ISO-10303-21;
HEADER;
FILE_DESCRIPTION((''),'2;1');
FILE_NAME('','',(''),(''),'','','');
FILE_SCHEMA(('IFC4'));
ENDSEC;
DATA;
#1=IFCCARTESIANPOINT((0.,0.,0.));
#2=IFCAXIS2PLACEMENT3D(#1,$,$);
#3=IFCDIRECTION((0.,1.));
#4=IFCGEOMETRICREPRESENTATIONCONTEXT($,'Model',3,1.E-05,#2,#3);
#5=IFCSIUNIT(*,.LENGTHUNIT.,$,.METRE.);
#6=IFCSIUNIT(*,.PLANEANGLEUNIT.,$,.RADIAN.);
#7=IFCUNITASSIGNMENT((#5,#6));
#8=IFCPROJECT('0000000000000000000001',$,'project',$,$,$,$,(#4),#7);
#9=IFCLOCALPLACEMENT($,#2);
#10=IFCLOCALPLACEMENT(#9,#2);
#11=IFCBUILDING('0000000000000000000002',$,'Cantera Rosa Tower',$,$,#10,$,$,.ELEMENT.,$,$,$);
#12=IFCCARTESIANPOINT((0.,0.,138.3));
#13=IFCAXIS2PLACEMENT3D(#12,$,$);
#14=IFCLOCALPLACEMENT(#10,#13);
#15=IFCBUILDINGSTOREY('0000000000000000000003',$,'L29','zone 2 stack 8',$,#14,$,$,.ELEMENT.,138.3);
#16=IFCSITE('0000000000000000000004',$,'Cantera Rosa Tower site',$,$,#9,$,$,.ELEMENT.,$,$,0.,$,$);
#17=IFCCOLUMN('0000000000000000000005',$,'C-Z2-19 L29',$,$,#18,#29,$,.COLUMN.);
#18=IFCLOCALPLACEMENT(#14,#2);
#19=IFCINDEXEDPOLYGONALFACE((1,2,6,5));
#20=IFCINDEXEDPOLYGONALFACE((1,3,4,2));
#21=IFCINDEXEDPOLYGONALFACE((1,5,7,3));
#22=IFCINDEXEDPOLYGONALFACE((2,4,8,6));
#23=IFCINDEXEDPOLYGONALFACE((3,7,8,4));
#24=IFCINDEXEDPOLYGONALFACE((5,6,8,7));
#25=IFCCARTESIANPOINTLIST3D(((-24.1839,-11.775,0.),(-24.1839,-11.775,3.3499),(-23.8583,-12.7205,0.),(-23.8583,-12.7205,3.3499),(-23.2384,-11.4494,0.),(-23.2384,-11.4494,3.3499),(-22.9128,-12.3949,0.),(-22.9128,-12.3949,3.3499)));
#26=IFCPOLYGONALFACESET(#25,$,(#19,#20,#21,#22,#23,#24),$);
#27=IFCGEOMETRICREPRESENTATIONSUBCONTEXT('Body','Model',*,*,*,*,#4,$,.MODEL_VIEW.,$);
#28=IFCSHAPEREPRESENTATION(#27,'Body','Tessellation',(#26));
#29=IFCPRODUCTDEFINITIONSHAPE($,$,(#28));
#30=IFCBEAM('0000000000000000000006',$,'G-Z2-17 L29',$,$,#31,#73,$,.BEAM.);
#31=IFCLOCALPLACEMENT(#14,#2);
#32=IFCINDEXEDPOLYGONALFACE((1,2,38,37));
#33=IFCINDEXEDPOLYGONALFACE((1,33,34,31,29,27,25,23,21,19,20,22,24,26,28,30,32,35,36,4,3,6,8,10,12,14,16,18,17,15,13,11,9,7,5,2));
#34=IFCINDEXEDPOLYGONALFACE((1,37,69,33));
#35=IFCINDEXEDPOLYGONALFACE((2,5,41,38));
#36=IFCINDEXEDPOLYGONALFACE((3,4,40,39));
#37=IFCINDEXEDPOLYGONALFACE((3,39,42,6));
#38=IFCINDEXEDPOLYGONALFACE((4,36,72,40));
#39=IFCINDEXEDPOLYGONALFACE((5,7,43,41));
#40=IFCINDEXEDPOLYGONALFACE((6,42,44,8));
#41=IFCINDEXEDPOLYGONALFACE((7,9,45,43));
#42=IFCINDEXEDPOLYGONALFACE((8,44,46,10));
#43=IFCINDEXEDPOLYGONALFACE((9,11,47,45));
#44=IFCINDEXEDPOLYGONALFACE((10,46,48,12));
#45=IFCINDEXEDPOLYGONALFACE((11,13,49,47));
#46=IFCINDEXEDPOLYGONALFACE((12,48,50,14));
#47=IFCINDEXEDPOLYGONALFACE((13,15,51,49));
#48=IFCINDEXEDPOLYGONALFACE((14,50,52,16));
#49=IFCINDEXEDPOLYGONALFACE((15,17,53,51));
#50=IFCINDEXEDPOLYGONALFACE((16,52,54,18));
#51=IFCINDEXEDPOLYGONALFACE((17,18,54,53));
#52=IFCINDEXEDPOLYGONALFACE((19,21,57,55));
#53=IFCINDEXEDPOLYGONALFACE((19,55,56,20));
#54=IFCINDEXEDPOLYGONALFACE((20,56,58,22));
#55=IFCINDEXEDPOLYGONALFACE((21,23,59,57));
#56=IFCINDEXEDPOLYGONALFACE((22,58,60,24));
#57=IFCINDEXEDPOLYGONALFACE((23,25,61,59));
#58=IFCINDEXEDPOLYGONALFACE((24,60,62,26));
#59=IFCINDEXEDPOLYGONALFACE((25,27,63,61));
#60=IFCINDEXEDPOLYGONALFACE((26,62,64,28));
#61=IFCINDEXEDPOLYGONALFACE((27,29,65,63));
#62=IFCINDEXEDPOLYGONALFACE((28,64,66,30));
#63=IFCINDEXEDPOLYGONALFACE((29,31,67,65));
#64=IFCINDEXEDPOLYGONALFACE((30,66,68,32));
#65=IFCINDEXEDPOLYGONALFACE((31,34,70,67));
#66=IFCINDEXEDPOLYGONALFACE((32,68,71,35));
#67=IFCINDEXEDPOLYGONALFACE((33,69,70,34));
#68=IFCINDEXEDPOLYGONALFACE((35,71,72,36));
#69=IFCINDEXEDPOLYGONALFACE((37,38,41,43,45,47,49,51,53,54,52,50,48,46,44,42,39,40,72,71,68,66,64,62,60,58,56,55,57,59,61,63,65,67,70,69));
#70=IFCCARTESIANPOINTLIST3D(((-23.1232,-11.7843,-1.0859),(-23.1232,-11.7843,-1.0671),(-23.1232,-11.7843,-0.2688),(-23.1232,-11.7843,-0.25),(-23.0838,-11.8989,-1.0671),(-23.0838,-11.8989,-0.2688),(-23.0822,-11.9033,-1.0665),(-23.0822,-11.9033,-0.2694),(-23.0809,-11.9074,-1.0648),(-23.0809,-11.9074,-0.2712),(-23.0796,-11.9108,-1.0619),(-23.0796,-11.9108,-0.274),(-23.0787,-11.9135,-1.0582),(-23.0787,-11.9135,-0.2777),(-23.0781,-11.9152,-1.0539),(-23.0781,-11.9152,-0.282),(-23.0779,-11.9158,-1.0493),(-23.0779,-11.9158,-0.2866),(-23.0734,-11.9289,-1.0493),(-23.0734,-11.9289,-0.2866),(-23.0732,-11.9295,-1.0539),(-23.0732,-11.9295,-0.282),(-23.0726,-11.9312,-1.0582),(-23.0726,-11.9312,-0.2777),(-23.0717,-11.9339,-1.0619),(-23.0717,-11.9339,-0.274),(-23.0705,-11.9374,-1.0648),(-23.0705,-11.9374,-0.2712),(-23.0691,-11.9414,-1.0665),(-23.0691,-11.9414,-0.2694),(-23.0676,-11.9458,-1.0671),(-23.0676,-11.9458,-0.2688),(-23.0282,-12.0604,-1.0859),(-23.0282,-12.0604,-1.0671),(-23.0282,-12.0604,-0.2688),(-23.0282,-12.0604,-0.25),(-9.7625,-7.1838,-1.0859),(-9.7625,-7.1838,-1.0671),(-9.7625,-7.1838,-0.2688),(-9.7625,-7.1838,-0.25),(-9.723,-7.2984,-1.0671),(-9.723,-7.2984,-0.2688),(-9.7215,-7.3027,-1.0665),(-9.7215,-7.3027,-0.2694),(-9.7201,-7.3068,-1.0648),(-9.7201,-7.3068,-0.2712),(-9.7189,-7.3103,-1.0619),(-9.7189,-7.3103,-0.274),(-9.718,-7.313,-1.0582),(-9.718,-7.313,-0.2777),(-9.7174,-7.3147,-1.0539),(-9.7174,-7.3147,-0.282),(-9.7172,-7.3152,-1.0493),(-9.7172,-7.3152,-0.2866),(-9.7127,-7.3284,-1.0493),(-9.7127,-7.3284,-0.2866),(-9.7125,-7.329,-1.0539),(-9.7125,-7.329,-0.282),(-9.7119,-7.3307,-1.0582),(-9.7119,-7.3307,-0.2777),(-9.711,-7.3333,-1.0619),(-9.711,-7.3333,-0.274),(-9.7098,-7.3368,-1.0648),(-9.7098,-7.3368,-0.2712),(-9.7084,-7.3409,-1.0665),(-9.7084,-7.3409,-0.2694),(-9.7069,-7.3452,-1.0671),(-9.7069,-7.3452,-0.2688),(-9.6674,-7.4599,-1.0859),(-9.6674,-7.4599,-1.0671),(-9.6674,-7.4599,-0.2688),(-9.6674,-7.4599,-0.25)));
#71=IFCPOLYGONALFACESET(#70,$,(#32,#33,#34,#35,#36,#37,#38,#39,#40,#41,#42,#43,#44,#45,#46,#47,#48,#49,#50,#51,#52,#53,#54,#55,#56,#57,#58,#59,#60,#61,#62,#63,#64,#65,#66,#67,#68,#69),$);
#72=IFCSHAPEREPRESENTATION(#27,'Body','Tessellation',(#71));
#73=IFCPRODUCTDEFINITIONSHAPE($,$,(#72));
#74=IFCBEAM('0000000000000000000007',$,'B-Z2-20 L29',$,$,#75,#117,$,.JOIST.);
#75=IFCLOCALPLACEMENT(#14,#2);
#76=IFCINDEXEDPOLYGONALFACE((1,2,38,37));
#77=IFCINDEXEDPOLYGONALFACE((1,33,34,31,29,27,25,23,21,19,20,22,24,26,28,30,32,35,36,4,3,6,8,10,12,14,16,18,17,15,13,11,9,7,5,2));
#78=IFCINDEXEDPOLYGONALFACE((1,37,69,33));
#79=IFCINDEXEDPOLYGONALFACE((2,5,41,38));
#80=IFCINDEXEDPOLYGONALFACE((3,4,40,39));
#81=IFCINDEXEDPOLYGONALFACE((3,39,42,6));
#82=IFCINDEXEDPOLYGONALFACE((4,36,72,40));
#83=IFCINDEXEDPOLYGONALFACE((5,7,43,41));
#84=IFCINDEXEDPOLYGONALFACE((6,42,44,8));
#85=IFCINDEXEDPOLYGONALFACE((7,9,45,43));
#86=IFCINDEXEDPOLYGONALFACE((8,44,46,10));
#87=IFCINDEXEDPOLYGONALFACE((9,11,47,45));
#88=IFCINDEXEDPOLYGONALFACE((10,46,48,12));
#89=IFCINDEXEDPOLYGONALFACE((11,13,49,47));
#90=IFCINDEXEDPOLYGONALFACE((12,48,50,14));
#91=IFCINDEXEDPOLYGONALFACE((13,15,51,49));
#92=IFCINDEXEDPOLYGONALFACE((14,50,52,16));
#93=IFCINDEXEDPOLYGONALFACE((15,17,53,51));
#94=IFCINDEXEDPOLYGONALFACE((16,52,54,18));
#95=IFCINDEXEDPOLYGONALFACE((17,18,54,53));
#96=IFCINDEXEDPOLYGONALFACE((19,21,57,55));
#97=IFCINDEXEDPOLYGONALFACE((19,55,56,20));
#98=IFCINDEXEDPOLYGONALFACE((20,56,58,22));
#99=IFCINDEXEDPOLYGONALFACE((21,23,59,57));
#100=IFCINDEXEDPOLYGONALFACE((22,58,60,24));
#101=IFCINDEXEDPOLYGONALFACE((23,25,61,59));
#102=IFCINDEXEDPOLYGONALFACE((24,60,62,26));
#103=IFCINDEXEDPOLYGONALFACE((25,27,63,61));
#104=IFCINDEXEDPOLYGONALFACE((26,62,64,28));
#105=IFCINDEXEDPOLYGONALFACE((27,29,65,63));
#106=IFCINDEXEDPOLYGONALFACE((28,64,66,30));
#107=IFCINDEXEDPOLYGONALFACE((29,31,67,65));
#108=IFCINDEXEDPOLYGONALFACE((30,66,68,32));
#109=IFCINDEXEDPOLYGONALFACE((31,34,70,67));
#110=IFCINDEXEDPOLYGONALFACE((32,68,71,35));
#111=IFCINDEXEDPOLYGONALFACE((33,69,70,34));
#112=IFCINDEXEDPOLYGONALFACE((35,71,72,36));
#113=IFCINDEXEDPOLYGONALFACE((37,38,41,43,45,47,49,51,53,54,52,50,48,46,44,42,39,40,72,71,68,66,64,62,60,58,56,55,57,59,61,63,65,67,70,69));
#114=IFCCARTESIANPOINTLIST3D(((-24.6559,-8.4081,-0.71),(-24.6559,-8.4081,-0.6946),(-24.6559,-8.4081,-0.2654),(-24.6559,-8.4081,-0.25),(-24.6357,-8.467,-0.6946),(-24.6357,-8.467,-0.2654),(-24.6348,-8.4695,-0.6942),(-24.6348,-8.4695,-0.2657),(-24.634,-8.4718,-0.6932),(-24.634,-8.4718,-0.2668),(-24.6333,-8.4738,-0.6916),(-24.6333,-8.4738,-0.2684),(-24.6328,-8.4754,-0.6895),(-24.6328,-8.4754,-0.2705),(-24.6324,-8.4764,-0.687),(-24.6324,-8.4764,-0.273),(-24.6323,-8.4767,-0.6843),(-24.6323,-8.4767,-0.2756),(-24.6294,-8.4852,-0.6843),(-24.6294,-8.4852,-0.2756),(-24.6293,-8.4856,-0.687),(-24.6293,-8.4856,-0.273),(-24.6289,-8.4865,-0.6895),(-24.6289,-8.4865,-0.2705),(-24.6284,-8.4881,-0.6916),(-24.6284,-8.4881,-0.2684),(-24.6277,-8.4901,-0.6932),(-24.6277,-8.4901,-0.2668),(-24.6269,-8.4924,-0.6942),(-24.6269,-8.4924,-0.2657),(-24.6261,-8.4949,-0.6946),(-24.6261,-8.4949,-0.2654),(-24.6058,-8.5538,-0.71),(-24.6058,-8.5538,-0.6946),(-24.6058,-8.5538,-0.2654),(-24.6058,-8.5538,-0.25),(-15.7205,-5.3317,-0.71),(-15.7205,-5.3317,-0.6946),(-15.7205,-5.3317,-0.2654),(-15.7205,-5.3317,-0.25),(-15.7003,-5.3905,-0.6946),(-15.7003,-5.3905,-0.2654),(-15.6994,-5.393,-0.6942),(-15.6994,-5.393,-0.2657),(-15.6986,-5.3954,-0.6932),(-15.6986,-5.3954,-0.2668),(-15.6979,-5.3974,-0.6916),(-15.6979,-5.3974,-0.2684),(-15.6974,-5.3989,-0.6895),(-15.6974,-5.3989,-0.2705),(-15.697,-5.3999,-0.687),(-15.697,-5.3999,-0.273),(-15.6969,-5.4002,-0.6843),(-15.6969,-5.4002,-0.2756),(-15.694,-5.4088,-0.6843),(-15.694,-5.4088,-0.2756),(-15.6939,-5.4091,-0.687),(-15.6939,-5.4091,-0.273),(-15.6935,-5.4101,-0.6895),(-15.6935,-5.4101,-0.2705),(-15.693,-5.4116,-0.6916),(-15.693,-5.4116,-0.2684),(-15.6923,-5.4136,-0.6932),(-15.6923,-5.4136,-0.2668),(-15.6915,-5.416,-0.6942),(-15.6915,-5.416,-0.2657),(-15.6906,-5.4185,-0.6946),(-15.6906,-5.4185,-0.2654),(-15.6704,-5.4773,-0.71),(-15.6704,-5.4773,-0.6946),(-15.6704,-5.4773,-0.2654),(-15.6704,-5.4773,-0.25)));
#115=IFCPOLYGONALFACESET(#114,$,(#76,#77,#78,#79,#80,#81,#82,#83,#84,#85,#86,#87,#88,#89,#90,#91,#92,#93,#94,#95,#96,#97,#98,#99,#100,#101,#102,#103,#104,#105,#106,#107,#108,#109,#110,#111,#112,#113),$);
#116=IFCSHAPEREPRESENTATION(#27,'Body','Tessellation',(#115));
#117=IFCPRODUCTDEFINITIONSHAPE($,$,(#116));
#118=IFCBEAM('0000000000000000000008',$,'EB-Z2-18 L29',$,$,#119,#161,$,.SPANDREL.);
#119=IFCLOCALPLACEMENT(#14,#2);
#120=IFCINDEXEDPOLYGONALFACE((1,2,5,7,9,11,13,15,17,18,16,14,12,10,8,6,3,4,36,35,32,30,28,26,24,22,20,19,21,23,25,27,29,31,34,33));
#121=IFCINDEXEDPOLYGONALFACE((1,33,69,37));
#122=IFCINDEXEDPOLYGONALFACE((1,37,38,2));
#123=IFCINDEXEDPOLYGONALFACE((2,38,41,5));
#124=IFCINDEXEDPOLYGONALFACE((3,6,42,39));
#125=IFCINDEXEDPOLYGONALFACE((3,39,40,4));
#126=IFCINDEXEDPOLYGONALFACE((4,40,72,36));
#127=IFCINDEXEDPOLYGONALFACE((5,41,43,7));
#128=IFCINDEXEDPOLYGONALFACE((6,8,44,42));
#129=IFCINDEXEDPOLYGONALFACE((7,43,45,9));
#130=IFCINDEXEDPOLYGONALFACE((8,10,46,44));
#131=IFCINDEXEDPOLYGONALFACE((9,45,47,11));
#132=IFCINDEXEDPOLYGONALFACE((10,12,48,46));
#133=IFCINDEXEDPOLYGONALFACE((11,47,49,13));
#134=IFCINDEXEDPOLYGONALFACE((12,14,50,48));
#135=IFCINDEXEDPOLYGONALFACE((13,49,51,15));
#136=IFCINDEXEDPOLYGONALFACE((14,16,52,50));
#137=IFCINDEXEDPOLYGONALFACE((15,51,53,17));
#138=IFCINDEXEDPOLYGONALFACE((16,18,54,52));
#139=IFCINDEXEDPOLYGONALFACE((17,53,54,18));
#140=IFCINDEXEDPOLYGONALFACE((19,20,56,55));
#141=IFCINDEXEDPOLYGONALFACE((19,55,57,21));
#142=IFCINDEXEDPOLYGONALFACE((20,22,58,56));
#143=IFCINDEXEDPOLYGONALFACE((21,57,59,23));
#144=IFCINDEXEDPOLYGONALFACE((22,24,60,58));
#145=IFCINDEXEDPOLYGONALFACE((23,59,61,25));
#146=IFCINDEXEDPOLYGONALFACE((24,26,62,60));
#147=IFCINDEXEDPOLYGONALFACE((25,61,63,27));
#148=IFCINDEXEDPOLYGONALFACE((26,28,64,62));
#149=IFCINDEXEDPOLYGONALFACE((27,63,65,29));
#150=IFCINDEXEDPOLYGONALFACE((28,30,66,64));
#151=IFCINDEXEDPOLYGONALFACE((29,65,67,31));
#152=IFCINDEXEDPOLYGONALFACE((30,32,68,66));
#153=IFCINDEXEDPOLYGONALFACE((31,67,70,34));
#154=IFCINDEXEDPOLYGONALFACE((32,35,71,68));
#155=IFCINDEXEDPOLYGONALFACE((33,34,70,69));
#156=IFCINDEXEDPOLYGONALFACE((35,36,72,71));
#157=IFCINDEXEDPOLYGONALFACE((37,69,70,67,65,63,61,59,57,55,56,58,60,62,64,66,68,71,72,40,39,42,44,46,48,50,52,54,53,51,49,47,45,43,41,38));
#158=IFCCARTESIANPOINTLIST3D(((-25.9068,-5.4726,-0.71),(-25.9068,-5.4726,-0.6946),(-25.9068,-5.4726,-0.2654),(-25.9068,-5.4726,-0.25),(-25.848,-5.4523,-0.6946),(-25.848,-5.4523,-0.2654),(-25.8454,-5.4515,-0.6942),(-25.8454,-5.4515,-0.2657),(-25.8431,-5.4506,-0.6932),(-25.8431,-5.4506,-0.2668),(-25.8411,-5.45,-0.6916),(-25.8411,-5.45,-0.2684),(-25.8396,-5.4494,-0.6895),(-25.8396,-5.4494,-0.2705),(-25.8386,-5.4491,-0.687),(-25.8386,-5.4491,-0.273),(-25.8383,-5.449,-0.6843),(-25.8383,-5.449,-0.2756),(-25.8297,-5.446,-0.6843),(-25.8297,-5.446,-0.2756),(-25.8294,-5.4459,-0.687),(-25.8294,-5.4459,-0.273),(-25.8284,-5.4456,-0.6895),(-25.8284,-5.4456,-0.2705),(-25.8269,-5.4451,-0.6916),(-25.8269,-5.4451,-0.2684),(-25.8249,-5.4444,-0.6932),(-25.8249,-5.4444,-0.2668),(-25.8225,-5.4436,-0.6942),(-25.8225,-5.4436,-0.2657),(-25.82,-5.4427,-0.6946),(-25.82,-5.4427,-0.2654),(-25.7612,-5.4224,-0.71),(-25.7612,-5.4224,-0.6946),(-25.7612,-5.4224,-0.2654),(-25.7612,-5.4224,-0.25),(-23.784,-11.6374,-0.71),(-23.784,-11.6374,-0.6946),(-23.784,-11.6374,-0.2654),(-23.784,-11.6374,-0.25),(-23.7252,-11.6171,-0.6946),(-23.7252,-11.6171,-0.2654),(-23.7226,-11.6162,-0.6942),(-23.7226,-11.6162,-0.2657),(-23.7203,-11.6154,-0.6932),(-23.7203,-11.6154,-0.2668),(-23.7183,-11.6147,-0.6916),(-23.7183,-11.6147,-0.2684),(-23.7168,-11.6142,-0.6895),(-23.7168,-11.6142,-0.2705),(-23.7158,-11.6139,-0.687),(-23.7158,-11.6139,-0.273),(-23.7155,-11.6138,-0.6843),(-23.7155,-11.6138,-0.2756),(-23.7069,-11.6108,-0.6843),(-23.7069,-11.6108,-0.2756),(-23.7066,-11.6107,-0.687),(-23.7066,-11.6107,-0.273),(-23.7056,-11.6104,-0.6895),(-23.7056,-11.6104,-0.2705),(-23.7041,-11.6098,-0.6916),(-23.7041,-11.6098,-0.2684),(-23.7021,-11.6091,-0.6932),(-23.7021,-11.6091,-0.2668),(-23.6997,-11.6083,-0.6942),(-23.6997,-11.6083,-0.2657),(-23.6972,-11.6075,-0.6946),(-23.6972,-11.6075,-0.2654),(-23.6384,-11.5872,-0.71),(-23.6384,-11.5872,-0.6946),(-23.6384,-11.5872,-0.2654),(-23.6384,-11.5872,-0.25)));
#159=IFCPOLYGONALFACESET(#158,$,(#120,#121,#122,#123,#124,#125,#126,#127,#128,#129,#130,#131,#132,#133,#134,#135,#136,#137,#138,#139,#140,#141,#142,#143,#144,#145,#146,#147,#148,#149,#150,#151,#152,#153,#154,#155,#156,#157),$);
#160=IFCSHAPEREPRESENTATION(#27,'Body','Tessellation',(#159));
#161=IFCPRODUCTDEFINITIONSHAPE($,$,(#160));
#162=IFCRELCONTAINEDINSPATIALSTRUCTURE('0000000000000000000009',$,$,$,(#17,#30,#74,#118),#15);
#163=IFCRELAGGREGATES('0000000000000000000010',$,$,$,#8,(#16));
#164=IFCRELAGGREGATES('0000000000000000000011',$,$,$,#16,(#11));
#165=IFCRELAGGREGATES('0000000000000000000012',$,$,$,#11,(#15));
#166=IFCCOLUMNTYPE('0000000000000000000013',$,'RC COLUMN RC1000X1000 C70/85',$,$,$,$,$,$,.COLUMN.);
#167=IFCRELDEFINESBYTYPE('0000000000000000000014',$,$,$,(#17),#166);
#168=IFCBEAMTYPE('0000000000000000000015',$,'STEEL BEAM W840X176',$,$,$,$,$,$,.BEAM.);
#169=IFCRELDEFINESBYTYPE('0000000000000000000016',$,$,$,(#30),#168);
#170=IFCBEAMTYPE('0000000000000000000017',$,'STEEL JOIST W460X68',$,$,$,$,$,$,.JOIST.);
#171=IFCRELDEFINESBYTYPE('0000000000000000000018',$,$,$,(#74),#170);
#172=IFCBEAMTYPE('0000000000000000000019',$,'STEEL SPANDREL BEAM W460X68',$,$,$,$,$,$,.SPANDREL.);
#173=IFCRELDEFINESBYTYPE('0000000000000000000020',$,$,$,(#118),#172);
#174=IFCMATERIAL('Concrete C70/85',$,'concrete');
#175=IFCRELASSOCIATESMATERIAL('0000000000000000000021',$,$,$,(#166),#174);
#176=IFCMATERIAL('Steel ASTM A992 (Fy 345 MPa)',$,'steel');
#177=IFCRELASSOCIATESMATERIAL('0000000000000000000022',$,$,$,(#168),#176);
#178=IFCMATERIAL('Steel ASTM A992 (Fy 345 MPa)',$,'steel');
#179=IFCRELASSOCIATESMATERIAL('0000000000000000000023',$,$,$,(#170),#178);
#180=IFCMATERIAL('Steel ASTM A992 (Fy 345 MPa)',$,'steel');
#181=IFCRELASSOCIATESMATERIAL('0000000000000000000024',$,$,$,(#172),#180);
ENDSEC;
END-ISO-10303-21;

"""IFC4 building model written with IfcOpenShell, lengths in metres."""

from ifc_helpers import new_model, si_unit, direction, frame, origin, origin_2d, place, context, subcontext, project, spatial, rectangle, i_section, extrude, material, material_profile, profile_set, type_object, element, save


model = new_model("IFC4")

# Units and contexts
model_context = context("Model", 3, precision=1e-05, world=origin(), true_north=direction((0.0, 1.0)))
body_context = subcontext(model_context, "Body", "Model", "MODEL_VIEW")
ifc_project = project(units=[si_unit("LENGTHUNIT", "METRE"), si_unit("PLANEANGLEUNIT", "RADIAN")], contexts=[model_context])

# Site, building, storey
site_placement = place(None, origin())
site = spatial("IfcSite", under=ifc_project, at=site_placement, Name="Cantera Rosa Tower site", CompositionType="ELEMENT", RefElevation=0.0)
building_placement = place(site_placement, origin())
building = spatial("IfcBuilding", under=site, at=building_placement, Name="Cantera Rosa Tower", CompositionType="ELEMENT")
storey_placement = place(building_placement, frame((0.0, 0.0, 138.3)))
storey = spatial("IfcBuildingStorey", under=building, at=storey_placement, Name="L29", Description="zone 2 stack 8", CompositionType="ELEMENT", Elevation=138.3)

# Column
ifc_material_1 = material(Name="Concrete C70/85", Category="concrete")
ifc_material_profile_1 = material_profile(ifc_material_1, rectangle(XDim=1.0, YDim=1.0, at=origin_2d()), Name="RC COLUMN RC1000X1000 C70/85")
ifc_profile_set_1 = profile_set([ifc_material_profile_1], Name="Concrete C70/85")
column_type = type_object("IfcColumnType", Name="RC COLUMN RC1000X1000 C70/85", PredefinedType="COLUMN", material=ifc_profile_set_1)
column_placement = place(storey_placement, frame((-23.5483, -12.085, 0.0), z_axis=(0.0, 0.0, 1.0), x_axis=(0.945519, 0.325568, 0.0)))
element("IfcColumn", 1, at=column_placement, inside=storey, type_object=column_type, Name="C-Z2-19 L29", PredefinedType="COLUMN", context=body_context, shape_type="SweptSolid", body=[
    extrude(rectangle(XDim=1.0, YDim=1.0, at=origin_2d()), origin(), (0.0, 0.0, 1.0), 3.3499),
])

# Beams
ifc_material_2 = material(Name="Steel ASTM A992 (Fy 345 MPa)", Category="steel")
ifc_material_profile_2 = material_profile(ifc_material_2, i_section(OverallWidth=0.292, OverallDepth=0.8359, WebThickness=0.0139, FlangeThickness=0.0188, FilletRadius=0.0178, at=origin_2d()), Name="W840X176")
ifc_profile_set_2 = profile_set([ifc_material_profile_2], Name="Steel ASTM A992 (Fy 345 MPa)")
beam_type_1 = type_object("IfcBeamType", Name="STEEL BEAM W840X176", PredefinedType="BEAM", material=ifc_profile_set_2)
beam_1_placement = place(storey_placement, frame((-23.0757, -11.9224, -0.668), z_axis=(0.945517, 0.325573, 0.0), x_axis=(-0.325573, 0.945517, 0.0)))
element("IfcBeam", 2, at=beam_1_placement, inside=storey, type_object=beam_type_1, Name="G-Z2-17 L29", PredefinedType="BEAM", context=body_context, shape_type="SweptSolid", body=[
    extrude(i_section(OverallWidth=0.292, OverallDepth=0.8359, WebThickness=0.0139, FlangeThickness=0.0188, FilletRadius=0.0178, at=origin_2d()), origin(), (0.0, 0.0, 1.0), 14.1306),
])
ifc_material_3 = material(Name="Steel ASTM A992 (Fy 345 MPa)", Category="steel")
ifc_material_profile_3 = material_profile(ifc_material_3, i_section(OverallWidth=0.1541, OverallDepth=0.46, WebThickness=0.009, FlangeThickness=0.0154, FilletRadius=0.0103, at=origin_2d()), Name="W460X68")
ifc_profile_set_3 = profile_set([ifc_material_profile_3], Name="Steel ASTM A992 (Fy 345 MPa)")
beam_type_2 = type_object("IfcBeamType", Name="STEEL JOIST W460X68", PredefinedType="JOIST", material=ifc_profile_set_3)
beam_2_placement = place(storey_placement, frame((-24.6309, -8.481, -0.48), z_axis=(0.945527, 0.325544, 0.0), x_axis=(-0.325544, 0.945527, 0.0)))
element("IfcBeam", 3, at=beam_2_placement, inside=storey, type_object=beam_type_2, Name="B-Z2-20 L29", PredefinedType="JOIST", context=body_context, shape_type="SweptSolid", body=[
    extrude(i_section(OverallWidth=0.1541, OverallDepth=0.46, WebThickness=0.009, FlangeThickness=0.0154, FilletRadius=0.0103, at=origin_2d()), origin(), (0.0, 0.0, 1.0), 9.4502),
])
ifc_material_4 = material(Name="Steel ASTM A992 (Fy 345 MPa)", Category="steel")
ifc_material_profile_4 = material_profile(ifc_material_4, i_section(OverallWidth=0.1541, OverallDepth=0.46, WebThickness=0.009, FlangeThickness=0.0154, FilletRadius=0.0103, at=origin_2d()), Name="W460X68")
ifc_profile_set_4 = profile_set([ifc_material_profile_4], Name="Steel ASTM A992 (Fy 345 MPa)")
beam_type_3 = type_object("IfcBeamType", Name="STEEL SPANDREL BEAM W460X68", PredefinedType="SPANDREL", material=ifc_profile_set_4)
for number, where, z_axis, x_axis, name in (
    (4, (-25.834, -5.4475, -0.48), (0.325581, -0.945514, 0.0), (0.945514, 0.325581, 0.0), "EB-Z2-18 L29"),
):
    element("IfcBeam", number, at=place(storey_placement, frame(where, z_axis=z_axis, x_axis=x_axis)), inside=storey, type_object=beam_type_3, Name=name, PredefinedType="SPANDREL", context=body_context, shape_type="SweptSolid", body=[
        extrude(i_section(OverallWidth=0.1541, OverallDepth=0.46, WebThickness=0.009, FlangeThickness=0.0154, FilletRadius=0.0103, at=origin_2d()), origin(), (0.0, 0.0, 1.0), 6.52),
    ])

save(model, "model.ifc")
